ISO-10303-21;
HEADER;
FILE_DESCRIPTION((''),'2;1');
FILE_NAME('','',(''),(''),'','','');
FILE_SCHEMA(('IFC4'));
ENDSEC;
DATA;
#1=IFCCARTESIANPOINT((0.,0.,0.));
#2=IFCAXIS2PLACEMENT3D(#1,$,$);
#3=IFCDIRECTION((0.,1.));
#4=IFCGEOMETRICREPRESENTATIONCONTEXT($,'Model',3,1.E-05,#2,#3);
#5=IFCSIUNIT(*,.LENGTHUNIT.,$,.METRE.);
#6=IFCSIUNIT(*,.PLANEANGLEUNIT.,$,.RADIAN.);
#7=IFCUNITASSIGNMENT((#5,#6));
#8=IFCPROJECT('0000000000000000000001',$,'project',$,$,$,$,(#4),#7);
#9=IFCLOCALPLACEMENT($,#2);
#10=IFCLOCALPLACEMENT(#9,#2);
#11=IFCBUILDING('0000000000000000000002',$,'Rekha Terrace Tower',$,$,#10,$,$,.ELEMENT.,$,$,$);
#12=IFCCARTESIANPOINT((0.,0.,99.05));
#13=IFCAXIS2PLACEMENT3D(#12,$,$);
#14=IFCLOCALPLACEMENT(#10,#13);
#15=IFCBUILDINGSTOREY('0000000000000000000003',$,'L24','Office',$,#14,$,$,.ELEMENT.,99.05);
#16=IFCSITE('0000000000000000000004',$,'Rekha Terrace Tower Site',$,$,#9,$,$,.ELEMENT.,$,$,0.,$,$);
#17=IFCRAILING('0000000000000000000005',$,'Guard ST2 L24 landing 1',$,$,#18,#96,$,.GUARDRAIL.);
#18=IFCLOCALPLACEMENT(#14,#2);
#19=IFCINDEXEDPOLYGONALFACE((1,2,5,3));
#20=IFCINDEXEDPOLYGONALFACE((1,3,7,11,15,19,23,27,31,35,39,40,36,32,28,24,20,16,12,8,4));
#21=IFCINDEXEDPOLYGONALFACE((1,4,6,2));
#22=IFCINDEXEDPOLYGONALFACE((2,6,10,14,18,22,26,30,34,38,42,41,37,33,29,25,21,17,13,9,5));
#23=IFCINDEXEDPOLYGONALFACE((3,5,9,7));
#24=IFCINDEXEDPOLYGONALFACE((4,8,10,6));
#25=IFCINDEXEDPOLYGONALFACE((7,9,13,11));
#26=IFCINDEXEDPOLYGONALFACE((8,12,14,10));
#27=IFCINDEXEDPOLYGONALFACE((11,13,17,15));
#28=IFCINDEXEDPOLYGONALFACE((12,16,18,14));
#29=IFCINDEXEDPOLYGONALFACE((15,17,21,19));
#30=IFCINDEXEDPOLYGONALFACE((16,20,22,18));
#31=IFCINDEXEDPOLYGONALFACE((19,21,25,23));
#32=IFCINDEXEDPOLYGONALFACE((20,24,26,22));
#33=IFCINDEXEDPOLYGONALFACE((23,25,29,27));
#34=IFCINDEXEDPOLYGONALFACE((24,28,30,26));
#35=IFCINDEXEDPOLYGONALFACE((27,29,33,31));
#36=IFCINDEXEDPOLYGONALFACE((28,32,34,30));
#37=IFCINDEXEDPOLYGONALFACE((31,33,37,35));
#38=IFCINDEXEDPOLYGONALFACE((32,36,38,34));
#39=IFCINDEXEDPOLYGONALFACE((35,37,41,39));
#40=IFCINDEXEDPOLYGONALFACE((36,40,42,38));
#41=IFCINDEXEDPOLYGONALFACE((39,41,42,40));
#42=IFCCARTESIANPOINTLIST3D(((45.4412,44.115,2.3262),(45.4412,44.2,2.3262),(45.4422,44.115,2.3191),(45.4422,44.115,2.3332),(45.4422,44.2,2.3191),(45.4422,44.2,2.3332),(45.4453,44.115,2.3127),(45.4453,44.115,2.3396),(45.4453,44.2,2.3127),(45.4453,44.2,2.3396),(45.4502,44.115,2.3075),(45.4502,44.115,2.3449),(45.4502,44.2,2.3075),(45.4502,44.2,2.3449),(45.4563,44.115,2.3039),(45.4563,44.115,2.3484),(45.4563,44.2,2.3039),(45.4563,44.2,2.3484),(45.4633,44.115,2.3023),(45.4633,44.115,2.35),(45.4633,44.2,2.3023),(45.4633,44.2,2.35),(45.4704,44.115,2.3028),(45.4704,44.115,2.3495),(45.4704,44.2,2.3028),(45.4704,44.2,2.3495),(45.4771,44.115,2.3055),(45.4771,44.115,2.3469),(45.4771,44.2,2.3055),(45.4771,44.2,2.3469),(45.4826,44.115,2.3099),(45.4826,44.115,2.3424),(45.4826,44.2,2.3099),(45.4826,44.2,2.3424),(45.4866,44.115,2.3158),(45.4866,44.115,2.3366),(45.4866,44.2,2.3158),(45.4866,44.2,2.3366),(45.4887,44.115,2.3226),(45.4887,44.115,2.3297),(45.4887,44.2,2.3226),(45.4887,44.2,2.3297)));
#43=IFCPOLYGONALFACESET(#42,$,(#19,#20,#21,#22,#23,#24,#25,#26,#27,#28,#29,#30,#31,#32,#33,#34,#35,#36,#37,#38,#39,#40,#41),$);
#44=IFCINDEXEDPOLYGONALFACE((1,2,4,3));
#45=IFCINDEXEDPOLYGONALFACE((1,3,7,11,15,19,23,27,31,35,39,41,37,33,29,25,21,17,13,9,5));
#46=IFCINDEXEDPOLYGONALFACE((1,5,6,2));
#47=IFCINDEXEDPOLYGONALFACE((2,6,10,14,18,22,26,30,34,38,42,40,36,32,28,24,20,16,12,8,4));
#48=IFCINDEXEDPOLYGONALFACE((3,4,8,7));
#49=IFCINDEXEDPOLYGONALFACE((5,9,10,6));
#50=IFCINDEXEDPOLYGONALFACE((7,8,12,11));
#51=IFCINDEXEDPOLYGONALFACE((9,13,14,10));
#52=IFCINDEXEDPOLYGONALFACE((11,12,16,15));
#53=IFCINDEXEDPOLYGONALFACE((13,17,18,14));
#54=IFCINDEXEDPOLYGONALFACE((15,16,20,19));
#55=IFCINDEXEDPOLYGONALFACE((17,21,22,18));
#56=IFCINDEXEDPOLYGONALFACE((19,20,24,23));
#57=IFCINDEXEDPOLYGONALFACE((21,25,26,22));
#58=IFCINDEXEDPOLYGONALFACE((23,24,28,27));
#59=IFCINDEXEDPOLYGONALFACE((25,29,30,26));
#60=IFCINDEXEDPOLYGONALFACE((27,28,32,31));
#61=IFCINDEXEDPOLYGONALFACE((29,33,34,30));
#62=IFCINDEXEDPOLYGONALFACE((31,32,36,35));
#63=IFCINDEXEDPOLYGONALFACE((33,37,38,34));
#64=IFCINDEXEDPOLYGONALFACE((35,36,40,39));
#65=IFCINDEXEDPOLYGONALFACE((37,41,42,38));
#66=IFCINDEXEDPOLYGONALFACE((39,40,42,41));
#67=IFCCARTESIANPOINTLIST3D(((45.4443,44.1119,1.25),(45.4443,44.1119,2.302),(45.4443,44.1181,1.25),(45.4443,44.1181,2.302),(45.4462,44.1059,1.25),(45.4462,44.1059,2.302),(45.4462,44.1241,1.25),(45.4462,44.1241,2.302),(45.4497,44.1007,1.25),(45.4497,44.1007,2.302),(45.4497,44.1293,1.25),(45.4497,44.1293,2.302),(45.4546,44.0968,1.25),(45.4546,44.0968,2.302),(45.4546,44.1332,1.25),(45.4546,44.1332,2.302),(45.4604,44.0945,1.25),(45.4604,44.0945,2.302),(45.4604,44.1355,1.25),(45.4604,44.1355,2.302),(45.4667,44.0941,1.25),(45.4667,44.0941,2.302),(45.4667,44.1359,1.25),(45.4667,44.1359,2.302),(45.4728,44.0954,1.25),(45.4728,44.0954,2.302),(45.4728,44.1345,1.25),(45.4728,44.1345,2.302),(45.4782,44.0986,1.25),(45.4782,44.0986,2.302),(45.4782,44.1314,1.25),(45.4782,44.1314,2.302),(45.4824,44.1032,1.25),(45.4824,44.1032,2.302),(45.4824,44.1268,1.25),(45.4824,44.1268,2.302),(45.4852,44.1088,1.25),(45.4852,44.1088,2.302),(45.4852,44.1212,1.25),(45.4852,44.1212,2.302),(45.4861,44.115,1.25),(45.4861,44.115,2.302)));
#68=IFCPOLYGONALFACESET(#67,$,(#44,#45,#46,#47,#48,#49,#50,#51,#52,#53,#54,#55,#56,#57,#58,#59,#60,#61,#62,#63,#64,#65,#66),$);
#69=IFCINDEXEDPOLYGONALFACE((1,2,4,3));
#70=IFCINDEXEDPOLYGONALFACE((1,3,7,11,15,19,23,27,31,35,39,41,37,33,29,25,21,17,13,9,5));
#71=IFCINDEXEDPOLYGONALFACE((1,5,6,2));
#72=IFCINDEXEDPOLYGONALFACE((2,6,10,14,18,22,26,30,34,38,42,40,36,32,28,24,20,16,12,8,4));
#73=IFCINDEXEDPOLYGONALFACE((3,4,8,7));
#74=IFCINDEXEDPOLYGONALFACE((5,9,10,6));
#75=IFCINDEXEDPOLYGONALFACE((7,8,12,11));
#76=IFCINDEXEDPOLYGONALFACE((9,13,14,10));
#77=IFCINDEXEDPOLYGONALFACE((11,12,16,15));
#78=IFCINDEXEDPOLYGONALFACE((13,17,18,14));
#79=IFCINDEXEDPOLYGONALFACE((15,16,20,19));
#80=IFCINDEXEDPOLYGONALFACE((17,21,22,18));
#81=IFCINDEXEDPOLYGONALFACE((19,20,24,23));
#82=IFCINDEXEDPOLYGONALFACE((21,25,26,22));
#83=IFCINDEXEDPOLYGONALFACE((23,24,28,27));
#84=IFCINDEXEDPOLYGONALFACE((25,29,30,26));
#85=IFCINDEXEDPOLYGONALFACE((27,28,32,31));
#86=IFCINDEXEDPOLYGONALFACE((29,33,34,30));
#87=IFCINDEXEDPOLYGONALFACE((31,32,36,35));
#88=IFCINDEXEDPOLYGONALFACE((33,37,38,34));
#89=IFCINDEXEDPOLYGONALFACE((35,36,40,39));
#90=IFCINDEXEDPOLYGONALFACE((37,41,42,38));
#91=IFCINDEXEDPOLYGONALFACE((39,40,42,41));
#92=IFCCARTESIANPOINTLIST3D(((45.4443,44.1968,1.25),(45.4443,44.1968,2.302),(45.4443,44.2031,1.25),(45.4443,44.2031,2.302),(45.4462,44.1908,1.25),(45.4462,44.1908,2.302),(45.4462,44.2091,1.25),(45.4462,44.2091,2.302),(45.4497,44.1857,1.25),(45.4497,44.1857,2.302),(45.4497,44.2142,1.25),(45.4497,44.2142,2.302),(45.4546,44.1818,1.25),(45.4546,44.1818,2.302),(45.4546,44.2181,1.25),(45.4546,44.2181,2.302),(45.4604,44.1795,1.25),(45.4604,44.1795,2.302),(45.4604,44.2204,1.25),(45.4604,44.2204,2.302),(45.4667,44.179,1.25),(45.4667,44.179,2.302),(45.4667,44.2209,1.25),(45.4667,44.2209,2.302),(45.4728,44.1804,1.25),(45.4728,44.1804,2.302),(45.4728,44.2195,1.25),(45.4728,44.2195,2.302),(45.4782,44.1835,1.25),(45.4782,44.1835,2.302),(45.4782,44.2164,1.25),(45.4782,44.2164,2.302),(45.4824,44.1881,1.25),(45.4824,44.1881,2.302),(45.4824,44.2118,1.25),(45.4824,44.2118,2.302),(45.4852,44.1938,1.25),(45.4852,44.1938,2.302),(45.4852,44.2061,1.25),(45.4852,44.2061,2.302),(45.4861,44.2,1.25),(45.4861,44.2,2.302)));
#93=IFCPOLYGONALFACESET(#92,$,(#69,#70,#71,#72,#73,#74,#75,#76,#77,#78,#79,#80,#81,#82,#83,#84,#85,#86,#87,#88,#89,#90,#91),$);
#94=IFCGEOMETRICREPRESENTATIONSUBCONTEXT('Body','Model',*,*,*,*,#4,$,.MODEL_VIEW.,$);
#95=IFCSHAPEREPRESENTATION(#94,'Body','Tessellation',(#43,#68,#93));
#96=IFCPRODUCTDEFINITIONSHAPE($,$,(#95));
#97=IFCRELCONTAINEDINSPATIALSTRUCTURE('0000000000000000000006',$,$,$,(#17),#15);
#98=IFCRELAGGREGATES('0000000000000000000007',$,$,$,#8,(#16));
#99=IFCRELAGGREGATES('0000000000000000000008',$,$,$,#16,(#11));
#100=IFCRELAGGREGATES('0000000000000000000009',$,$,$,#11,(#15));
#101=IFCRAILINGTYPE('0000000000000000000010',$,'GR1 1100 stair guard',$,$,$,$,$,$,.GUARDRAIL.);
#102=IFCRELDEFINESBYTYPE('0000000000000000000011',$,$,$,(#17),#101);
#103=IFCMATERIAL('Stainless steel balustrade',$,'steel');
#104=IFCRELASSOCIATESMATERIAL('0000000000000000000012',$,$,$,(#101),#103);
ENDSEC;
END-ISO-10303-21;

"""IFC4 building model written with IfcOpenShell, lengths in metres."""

from ifc_helpers import new_model, si_unit, direction, frame, origin, origin_2d, place, context, subcontext, project, spatial, circle, extrude, material, type_object, element, save


model = new_model("IFC4")

# Units and contexts
model_context = context("Model", 3, precision=1e-05, world=origin(), true_north=direction((0.0, 1.0)))
body_context = subcontext(model_context, "Body", "Model", "MODEL_VIEW")
ifc_project = project(units=[si_unit("LENGTHUNIT", "METRE"), si_unit("PLANEANGLEUNIT", "RADIAN")], contexts=[model_context])

# Site, building, storey
site_placement = place(None, origin())
site = spatial("IfcSite", under=ifc_project, at=site_placement, Name="Rekha Terrace Tower Site", CompositionType="ELEMENT", RefElevation=0.0)
building_placement = place(site_placement, origin())
building = spatial("IfcBuilding", under=site, at=building_placement, Name="Rekha Terrace Tower", CompositionType="ELEMENT")
storey_placement = place(building_placement, frame((0.0, 0.0, 99.05)))
storey = spatial("IfcBuildingStorey", under=building, at=storey_placement, Name="L24", Description="Office", CompositionType="ELEMENT", Elevation=99.05)

# Railing
ifc_material_1 = material(Name="Stainless steel balustrade", Category="steel")
railing_type_1 = type_object("IfcRailingType", Name="GR1 1100 stair guard", PredefinedType="GUARDRAIL", material=ifc_material_1)
railing_1_placement = place(storey_placement, frame((45.4651, 44.115, 1.25)))
element("IfcRailing", 1, at=railing_1_placement, inside=storey, type_object=railing_type_1, Name="Guard ST2 L24 landing 1", PredefinedType="GUARDRAIL", context=body_context, shape_type="SweptSolid", body=[
    extrude(circle(Radius=0.0239, at=origin_2d()), frame((0.0, 0.0, 1.0762), z_axis=(0.0, 1.0, 0.0), x_axis=(-1.0, 0.0, 0.0)), (0.0, 0.0, 1.0), 0.085),
    extrude(circle(Radius=0.021, at=origin_2d()), origin(), (0.0, 0.0, 1.0), 1.052),
    extrude(circle(Radius=0.021, at=origin_2d()), frame((0.0, 0.085, 0.0)), (0.0, 0.0, 1.0), 1.052),
])

save(model, "model.ifc")
